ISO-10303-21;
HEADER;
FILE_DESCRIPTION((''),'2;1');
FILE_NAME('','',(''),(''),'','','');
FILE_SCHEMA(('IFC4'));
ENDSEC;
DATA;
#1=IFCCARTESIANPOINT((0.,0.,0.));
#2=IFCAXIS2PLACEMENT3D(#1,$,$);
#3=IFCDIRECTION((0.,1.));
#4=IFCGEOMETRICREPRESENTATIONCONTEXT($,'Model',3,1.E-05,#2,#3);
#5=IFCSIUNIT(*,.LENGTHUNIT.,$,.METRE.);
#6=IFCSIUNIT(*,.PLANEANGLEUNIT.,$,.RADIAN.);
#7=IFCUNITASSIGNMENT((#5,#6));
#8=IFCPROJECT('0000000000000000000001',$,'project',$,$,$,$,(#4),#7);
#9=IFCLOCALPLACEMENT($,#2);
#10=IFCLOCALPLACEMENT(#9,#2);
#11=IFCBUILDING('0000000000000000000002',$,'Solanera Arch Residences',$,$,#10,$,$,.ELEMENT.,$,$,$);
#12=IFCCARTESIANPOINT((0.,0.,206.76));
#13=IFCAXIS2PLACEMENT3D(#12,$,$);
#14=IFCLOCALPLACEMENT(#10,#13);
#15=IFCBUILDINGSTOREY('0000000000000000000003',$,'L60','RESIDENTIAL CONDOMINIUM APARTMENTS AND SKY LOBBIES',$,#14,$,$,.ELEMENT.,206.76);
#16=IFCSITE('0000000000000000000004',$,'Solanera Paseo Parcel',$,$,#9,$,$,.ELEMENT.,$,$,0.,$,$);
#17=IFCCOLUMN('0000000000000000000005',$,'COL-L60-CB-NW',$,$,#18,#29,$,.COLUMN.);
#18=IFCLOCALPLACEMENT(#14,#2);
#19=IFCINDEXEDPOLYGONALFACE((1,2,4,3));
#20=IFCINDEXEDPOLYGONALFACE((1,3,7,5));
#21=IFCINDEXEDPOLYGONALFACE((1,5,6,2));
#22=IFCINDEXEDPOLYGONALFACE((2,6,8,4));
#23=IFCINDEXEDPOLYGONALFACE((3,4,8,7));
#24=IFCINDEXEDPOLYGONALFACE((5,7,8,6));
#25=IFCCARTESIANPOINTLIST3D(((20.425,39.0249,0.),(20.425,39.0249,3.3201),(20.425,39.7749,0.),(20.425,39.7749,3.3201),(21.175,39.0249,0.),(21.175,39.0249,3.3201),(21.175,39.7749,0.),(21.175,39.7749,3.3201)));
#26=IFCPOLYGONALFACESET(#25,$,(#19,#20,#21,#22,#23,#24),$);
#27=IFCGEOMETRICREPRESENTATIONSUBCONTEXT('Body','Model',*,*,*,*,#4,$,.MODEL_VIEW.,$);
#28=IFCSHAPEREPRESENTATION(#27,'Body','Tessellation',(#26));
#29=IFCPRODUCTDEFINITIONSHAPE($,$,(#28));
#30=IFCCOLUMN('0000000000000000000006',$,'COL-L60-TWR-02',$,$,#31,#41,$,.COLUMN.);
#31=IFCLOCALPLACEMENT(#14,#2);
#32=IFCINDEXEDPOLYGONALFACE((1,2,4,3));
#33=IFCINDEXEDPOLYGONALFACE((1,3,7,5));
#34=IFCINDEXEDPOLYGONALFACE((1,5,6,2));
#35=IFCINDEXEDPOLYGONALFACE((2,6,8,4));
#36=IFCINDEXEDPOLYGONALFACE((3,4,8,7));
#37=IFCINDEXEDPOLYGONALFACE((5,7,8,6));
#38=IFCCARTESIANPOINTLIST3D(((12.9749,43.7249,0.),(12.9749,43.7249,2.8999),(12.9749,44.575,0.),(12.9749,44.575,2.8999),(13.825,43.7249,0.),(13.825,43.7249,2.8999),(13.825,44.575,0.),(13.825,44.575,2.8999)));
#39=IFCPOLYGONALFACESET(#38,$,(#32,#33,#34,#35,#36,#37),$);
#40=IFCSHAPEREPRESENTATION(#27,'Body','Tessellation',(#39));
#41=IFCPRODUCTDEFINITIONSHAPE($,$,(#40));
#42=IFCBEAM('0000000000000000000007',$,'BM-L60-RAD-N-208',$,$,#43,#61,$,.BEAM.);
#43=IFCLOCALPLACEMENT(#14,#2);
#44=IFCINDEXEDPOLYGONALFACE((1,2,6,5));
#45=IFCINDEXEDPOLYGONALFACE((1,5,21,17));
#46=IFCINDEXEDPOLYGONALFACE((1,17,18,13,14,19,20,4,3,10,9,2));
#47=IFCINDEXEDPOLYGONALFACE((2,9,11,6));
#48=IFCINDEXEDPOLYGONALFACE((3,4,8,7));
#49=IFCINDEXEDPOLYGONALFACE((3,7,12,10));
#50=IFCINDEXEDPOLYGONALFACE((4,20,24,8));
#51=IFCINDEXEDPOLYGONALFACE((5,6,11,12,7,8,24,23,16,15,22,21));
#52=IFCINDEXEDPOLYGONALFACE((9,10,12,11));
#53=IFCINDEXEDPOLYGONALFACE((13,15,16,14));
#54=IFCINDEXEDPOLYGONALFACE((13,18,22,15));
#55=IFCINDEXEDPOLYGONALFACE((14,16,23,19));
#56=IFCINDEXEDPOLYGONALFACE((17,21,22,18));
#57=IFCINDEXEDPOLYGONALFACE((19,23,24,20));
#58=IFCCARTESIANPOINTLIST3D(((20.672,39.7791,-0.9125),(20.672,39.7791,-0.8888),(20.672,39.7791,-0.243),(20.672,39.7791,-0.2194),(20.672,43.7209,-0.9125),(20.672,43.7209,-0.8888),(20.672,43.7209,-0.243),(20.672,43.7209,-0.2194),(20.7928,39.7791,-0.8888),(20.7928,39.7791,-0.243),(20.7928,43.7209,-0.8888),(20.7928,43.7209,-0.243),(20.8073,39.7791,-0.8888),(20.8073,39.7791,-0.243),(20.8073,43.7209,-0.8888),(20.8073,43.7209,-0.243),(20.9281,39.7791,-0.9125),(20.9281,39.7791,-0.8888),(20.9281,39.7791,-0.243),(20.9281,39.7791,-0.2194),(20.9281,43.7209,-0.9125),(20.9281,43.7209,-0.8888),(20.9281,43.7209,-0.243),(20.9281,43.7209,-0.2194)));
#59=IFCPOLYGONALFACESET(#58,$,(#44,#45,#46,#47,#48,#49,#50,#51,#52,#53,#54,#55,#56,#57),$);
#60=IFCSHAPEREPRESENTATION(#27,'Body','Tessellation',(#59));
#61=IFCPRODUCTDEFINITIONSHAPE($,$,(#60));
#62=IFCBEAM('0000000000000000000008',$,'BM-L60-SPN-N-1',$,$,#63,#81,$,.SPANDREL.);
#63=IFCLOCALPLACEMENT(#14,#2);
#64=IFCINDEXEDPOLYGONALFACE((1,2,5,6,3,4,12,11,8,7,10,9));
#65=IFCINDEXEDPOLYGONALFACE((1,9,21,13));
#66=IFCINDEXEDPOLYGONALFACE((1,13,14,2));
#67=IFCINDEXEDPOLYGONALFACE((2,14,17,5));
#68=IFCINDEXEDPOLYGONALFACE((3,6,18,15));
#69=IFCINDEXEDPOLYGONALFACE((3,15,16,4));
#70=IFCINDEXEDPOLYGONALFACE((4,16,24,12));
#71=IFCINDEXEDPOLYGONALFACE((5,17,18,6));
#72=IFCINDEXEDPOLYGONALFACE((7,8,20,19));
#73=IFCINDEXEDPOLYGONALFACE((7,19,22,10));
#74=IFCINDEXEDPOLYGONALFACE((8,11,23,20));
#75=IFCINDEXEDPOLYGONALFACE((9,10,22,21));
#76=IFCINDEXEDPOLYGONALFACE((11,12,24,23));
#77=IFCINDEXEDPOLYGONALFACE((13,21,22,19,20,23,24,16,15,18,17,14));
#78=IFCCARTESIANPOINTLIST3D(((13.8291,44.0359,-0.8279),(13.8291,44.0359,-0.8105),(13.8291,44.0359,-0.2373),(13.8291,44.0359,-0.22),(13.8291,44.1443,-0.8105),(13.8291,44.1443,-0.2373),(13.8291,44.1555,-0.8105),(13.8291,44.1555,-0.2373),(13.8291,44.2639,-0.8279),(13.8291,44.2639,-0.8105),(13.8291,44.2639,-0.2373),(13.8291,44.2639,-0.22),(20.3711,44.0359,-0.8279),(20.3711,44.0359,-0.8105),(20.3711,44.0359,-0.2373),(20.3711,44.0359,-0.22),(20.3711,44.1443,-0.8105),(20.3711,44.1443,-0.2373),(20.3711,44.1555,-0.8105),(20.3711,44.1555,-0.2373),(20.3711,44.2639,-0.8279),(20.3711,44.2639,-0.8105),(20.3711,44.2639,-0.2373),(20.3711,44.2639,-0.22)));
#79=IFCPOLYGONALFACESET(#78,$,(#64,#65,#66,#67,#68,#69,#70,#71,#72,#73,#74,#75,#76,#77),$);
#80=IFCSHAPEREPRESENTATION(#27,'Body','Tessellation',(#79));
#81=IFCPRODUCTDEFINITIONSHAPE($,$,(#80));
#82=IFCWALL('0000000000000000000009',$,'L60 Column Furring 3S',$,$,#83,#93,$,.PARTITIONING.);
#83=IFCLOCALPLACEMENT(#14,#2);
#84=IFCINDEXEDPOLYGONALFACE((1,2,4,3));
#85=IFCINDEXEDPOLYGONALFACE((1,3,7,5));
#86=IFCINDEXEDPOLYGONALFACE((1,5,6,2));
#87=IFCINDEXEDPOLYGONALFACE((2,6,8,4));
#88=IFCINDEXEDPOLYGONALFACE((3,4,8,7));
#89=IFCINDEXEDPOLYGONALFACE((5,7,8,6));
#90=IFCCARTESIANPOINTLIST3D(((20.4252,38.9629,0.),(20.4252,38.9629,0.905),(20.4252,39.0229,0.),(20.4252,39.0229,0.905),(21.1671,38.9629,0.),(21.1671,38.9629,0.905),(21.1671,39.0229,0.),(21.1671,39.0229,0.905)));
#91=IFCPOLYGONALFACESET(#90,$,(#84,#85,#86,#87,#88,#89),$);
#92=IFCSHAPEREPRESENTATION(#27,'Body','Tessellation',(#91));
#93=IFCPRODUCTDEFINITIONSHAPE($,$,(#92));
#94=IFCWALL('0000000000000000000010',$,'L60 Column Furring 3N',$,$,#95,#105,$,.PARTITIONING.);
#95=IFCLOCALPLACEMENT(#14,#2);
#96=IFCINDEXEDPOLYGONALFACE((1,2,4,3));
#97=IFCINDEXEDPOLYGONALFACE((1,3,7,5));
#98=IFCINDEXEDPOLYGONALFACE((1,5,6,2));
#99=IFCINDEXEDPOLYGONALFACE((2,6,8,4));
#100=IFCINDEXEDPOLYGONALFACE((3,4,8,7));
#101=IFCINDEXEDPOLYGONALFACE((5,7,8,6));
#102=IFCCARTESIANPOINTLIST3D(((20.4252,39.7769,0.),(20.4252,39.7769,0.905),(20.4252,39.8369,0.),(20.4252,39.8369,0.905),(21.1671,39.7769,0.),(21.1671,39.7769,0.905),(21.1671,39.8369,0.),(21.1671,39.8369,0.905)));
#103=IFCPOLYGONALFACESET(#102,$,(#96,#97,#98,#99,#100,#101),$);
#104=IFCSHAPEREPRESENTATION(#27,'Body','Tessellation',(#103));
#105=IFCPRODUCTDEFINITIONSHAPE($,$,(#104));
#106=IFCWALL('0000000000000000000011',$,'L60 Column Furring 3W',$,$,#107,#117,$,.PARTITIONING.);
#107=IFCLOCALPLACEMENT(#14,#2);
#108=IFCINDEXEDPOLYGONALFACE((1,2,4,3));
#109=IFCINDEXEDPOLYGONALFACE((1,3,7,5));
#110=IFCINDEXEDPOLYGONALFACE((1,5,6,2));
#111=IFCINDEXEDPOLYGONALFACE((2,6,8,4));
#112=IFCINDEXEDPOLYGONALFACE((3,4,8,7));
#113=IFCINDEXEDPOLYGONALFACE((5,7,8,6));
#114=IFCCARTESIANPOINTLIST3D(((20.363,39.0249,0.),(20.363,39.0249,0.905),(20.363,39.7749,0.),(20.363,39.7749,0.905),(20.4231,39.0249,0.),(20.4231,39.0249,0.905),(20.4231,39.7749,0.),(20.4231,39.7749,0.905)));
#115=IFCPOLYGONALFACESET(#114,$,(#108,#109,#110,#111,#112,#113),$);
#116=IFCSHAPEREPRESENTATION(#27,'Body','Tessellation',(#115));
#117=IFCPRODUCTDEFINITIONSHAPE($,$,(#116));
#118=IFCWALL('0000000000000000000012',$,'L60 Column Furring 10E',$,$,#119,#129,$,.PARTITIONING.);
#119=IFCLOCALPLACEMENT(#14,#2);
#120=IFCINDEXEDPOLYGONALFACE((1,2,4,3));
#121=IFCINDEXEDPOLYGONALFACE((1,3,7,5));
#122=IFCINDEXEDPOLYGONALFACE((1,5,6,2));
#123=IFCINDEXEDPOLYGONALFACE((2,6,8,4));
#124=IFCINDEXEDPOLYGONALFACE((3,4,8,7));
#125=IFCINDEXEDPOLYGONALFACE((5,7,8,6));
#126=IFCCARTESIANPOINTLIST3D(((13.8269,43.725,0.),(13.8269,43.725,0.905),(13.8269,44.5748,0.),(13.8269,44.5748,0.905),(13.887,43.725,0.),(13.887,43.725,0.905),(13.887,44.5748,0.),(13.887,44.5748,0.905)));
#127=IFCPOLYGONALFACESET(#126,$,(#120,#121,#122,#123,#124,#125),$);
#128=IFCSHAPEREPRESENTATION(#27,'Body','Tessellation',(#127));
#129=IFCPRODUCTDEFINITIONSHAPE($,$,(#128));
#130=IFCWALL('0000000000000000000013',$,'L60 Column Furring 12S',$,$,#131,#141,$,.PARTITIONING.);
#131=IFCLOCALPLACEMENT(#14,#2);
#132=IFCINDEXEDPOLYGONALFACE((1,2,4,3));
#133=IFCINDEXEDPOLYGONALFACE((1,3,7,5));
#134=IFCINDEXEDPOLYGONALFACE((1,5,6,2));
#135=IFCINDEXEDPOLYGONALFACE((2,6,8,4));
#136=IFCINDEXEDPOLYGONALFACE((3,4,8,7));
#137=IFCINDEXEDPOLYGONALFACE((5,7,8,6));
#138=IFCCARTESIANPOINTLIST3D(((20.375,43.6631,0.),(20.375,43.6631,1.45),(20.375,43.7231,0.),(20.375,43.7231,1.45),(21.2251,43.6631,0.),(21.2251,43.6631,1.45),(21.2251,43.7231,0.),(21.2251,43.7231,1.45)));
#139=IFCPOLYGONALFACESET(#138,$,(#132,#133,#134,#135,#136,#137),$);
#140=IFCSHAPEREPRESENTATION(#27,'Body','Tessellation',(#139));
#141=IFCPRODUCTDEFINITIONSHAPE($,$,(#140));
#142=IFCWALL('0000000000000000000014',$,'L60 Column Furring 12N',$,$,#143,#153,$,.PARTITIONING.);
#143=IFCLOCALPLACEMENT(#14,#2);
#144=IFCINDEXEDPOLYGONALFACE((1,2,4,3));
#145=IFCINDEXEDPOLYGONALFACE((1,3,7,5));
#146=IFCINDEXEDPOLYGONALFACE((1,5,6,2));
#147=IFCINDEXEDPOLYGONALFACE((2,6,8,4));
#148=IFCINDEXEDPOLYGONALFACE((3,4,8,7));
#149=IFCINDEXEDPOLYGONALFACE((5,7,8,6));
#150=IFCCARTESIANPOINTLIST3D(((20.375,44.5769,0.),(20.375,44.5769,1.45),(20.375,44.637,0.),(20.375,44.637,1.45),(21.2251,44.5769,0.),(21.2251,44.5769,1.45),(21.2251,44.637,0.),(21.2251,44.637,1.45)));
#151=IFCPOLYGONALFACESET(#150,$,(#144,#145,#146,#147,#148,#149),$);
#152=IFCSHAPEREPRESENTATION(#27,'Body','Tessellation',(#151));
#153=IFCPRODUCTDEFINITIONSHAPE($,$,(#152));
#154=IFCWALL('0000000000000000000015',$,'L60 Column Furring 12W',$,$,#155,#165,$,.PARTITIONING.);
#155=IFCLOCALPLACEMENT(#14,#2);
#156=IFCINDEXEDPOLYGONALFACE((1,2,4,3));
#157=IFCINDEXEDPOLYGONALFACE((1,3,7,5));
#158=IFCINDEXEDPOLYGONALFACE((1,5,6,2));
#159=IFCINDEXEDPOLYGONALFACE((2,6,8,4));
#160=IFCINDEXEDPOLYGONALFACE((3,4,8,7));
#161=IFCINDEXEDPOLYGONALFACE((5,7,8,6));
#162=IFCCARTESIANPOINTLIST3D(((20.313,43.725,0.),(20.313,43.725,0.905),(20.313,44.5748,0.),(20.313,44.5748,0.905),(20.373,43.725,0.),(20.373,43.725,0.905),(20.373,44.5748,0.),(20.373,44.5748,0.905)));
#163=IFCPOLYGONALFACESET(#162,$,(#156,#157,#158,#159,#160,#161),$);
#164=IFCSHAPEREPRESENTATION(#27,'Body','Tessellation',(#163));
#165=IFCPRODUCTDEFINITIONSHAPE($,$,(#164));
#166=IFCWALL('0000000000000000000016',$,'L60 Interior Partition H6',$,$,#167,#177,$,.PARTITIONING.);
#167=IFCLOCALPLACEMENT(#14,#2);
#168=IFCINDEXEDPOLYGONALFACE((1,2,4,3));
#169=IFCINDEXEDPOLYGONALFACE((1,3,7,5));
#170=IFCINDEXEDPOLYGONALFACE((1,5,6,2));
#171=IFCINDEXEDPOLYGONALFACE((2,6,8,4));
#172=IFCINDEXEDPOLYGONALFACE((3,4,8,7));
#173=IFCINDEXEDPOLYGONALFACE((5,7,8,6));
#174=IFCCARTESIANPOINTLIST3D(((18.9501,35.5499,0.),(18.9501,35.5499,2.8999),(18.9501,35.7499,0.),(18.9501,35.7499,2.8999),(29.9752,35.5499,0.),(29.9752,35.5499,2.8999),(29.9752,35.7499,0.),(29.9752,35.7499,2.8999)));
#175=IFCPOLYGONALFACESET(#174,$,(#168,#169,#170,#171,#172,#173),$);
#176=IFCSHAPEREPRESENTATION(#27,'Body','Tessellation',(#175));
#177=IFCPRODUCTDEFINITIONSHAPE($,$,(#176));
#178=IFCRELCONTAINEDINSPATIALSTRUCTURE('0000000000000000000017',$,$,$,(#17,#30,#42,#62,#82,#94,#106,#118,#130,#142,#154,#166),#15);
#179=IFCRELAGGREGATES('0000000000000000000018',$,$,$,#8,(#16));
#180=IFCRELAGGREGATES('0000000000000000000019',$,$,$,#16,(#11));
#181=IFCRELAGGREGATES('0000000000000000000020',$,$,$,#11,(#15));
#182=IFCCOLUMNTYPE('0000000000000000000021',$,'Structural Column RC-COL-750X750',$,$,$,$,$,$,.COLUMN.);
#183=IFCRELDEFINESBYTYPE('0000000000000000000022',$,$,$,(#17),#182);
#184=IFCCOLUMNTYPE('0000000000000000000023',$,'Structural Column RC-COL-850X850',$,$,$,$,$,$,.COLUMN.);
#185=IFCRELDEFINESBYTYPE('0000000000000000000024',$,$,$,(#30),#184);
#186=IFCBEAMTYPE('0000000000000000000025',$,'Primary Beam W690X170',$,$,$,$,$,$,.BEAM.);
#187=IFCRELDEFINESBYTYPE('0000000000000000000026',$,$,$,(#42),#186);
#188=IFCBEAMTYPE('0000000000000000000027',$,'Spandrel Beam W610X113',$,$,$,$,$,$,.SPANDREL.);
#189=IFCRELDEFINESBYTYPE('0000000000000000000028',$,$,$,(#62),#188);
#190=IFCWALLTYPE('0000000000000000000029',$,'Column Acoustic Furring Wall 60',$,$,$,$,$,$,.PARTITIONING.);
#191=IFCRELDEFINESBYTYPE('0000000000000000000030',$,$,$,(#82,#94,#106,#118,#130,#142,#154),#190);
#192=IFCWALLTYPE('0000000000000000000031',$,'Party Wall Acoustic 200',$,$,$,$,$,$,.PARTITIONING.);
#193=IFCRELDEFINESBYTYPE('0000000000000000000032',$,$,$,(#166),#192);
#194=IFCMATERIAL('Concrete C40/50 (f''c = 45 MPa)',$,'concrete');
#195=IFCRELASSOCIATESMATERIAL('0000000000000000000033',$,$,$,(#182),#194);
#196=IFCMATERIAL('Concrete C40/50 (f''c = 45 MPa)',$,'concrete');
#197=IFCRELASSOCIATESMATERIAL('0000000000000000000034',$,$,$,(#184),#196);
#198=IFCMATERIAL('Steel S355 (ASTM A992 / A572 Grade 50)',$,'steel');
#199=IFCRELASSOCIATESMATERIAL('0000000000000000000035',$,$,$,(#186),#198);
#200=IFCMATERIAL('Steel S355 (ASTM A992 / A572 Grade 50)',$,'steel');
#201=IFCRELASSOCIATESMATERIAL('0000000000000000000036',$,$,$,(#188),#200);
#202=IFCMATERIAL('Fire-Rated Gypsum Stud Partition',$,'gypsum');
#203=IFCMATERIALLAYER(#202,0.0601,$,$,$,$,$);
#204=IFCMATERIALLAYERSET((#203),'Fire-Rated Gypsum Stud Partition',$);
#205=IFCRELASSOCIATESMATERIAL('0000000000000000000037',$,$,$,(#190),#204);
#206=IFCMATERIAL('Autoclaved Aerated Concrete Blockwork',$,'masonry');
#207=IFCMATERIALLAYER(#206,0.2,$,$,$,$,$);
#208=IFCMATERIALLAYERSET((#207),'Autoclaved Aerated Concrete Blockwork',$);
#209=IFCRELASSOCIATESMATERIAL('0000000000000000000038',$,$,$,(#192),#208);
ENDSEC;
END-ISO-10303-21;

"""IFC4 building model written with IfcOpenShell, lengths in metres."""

from ifc_helpers import new_model, si_unit, direction, frame, frame_2d, origin, origin_2d, place, context, subcontext, project, spatial, rectangle, i_section, extrude, material, layer, layer_set, material_profile, profile_set, type_object, element, save


model = new_model("IFC4")

# Units and contexts
model_context = context("Model", 3, precision=1e-05, world=origin(), true_north=direction((0.0, 1.0)))
body_context = subcontext(model_context, "Body", "Model", "MODEL_VIEW")
ifc_project = project(units=[si_unit("LENGTHUNIT", "METRE"), si_unit("PLANEANGLEUNIT", "RADIAN")], contexts=[model_context])

# Site, building, storey
site_placement = place(None, origin())
site = spatial("IfcSite", under=ifc_project, at=site_placement, Name="Solanera Paseo Parcel", CompositionType="ELEMENT", RefElevation=0.0)
building_placement = place(site_placement, origin())
building = spatial("IfcBuilding", under=site, at=building_placement, Name="Solanera Arch Residences", CompositionType="ELEMENT")
storey_placement = place(building_placement, frame((0.0, 0.0, 206.76)))
storey = spatial("IfcBuildingStorey", under=building, at=storey_placement, Name="L60", Description="RESIDENTIAL CONDOMINIUM APARTMENTS AND SKY LOBBIES", CompositionType="ELEMENT", Elevation=206.76)

# Columns
ifc_material_1 = material(Name="Concrete C40/50 (f'c = 45 MPa)", Category="concrete")
ifc_material_profile_1 = material_profile(ifc_material_1, rectangle(XDim=0.75, YDim=0.75, at=origin_2d()))
ifc_profile_set_1 = profile_set([ifc_material_profile_1], Name="Concrete C40/50 (f'c = 45 MPa)")
column_type_1 = type_object("IfcColumnType", Name="Structural Column RC-COL-750X750", PredefinedType="COLUMN", material=ifc_profile_set_1)
column_1_placement = place(storey_placement, frame((20.8, 39.3999, 0.0), z_axis=(0.0, 0.0, 1.0), x_axis=(1.0, 0.0, 0.0)))
element("IfcColumn", 1, at=column_1_placement, inside=storey, type_object=column_type_1, Name="COL-L60-CB-NW", PredefinedType="COLUMN", context=body_context, shape_type="SweptSolid", body=[
    extrude(rectangle(XDim=0.75, YDim=0.75, at=origin_2d()), origin(), (0.0, 0.0, 1.0), 3.3201),
])
ifc_material_2 = material(Name="Concrete C40/50 (f'c = 45 MPa)", Category="concrete")
ifc_material_profile_2 = material_profile(ifc_material_2, rectangle(XDim=0.8501, YDim=0.8501, at=origin_2d()))
ifc_profile_set_2 = profile_set([ifc_material_profile_2], Name="Concrete C40/50 (f'c = 45 MPa)")
column_type_2 = type_object("IfcColumnType", Name="Structural Column RC-COL-850X850", PredefinedType="COLUMN", material=ifc_profile_set_2)
column_2_placement = place(storey_placement, frame((13.3999, 44.1499, 0.0), z_axis=(0.0, 0.0, 1.0), x_axis=(1.0, 0.0, 0.0)))
element("IfcColumn", 2, at=column_2_placement, inside=storey, type_object=column_type_2, Name="COL-L60-TWR-02", PredefinedType="COLUMN", context=body_context, shape_type="SweptSolid", body=[
    extrude(rectangle(XDim=0.8501, YDim=0.8501, at=origin_2d()), origin(), (0.0, 0.0, 1.0), 2.8999),
])

# Beams
ifc_material_3 = material(Name="Steel S355 (ASTM A992 / A572 Grade 50)", Category="steel")
ifc_material_profile_3 = material_profile(ifc_material_3, i_section(OverallWidth=0.2561, OverallDepth=0.6931, WebThickness=0.0144, FlangeThickness=0.0237, at=origin_2d()))
ifc_profile_set_3 = profile_set([ifc_material_profile_3], Name="Steel S355 (ASTM A992 / A572 Grade 50)")
beam_type_1 = type_object("IfcBeamType", Name="Primary Beam W690X170", PredefinedType="BEAM", material=ifc_profile_set_3)
beam_1_placement = place(storey_placement, frame((20.8, 39.7791, -0.5659), z_axis=(0.0, 1.0, 0.0), x_axis=(-1.0, 0.0, 0.0)))
element("IfcBeam", 3, at=beam_1_placement, inside=storey, type_object=beam_type_1, Name="BM-L60-RAD-N-208", PredefinedType="BEAM", context=body_context, shape_type="SweptSolid", body=[
    extrude(i_section(OverallWidth=0.2561, OverallDepth=0.6931, WebThickness=0.0144, FlangeThickness=0.0237, at=origin_2d()), origin(), (0.0, 0.0, 1.0), 3.9419),
])
ifc_material_4 = material(Name="Steel S355 (ASTM A992 / A572 Grade 50)", Category="steel")
ifc_material_profile_4 = material_profile(ifc_material_4, i_section(OverallWidth=0.228, OverallDepth=0.6079, WebThickness=0.0112, FlangeThickness=0.0173, at=origin_2d()))
ifc_profile_set_4 = profile_set([ifc_material_profile_4], Name="Steel S355 (ASTM A992 / A572 Grade 50)")
beam_type_2 = type_object("IfcBeamType", Name="Spandrel Beam W610X113", PredefinedType="SPANDREL", material=ifc_profile_set_4)
beam_2_placement = place(storey_placement, frame((13.8291, 44.1499, -0.5239), z_axis=(1.0, 0.0, 0.0), x_axis=(0.0, 1.0, 0.0)))
element("IfcBeam", 4, at=beam_2_placement, inside=storey, type_object=beam_type_2, Name="BM-L60-SPN-N-1", PredefinedType="SPANDREL", context=body_context, shape_type="SweptSolid", body=[
    extrude(i_section(OverallWidth=0.228, OverallDepth=0.6079, WebThickness=0.0112, FlangeThickness=0.0173, at=origin_2d()), origin(), (0.0, 0.0, 1.0), 6.542),
])

# Walls
ifc_material_5 = material(Name="Fire-Rated Gypsum Stud Partition", Category="gypsum")
ifc_layer_1 = layer(ifc_material_5, 0.0601)
ifc_layer_set_1 = layer_set([ifc_layer_1], Name="Fire-Rated Gypsum Stud Partition")
wall_type_1 = type_object("IfcWallType", Name="Column Acoustic Furring Wall 60", PredefinedType="PARTITIONING", material=ifc_layer_set_1)
for number, where, z_axis, x_axis, name in (
    (5, (20.425, 38.9929, 0.0), (0.0, 0.0, 1.0), (1.0, 0.0, 0.0), "L60 Column Furring 3S"),
    (6, (20.425, 39.8069, 0.0), (0.0, 0.0, 1.0), (1.0, 0.0, 0.0), "L60 Column Furring 3N"),
):
    element("IfcWall", number, at=place(storey_placement, frame(where, z_axis=z_axis, x_axis=x_axis)), inside=storey, type_object=wall_type_1, Name=name, PredefinedType="PARTITIONING", context=body_context, shape_type="SweptSolid", body=[
        extrude(rectangle(XDim=0.7419, YDim=0.0601, at=frame_2d((0.3711, 0.0))), origin(), (0.0, 0.0, 1.0), 0.905),
    ])
wall_1_placement = place(storey_placement, frame((20.3931, 39.0249, 0.0), z_axis=(0.0, 0.0, 1.0), x_axis=(0.0, 1.0, 0.0)))
element("IfcWall", 7, at=wall_1_placement, inside=storey, type_object=wall_type_1, Name="L60 Column Furring 3W", PredefinedType="PARTITIONING", context=body_context, shape_type="SweptSolid", body=[
    extrude(rectangle(XDim=0.75, YDim=0.0601, at=frame_2d((0.375, 0.0))), origin(), (0.0, 0.0, 1.0), 0.905),
])
wall_2_placement = place(storey_placement, frame((13.8569, 43.7251, 0.0), z_axis=(0.0, 0.0, 1.0), x_axis=(0.0, 1.0, 0.0)))
element("IfcWall", 8, at=wall_2_placement, inside=storey, type_object=wall_type_1, Name="L60 Column Furring 10E", PredefinedType="PARTITIONING", context=body_context, shape_type="SweptSolid", body=[
    extrude(rectangle(XDim=0.8499, YDim=0.0601, at=frame_2d((0.4248, 0.0))), origin(), (0.0, 0.0, 1.0), 0.905),
])
for number, where, z_axis, x_axis, name in (
    (9, (20.375, 43.6931, 0.0), (0.0, 0.0, 1.0), (1.0, 0.0, 0.0), "L60 Column Furring 12S"),
    (10, (20.375, 44.6069, 0.0), (0.0, 0.0, 1.0), (1.0, 0.0, 0.0), "L60 Column Furring 12N"),
):
    element("IfcWall", number, at=place(storey_placement, frame(where, z_axis=z_axis, x_axis=x_axis)), inside=storey, type_object=wall_type_1, Name=name, PredefinedType="PARTITIONING", context=body_context, shape_type="SweptSolid", body=[
        extrude(rectangle(XDim=0.8501, YDim=0.0601, at=frame_2d((0.425, 0.0))), origin(), (0.0, 0.0, 1.0), 1.45),
    ])
wall_3_placement = place(storey_placement, frame((20.343, 43.7251, 0.0), z_axis=(0.0, 0.0, 1.0), x_axis=(0.0, 1.0, 0.0)))
element("IfcWall", 11, at=wall_3_placement, inside=storey, type_object=wall_type_1, Name="L60 Column Furring 12W", PredefinedType="PARTITIONING", context=body_context, shape_type="SweptSolid", body=[
    extrude(rectangle(XDim=0.8499, YDim=0.0601, at=frame_2d((0.4248, 0.0))), origin(), (0.0, 0.0, 1.0), 0.905),
])
ifc_material_6 = material(Name="Autoclaved Aerated Concrete Blockwork", Category="masonry")
ifc_layer_2 = layer(ifc_material_6, 0.2)
ifc_layer_set_2 = layer_set([ifc_layer_2], Name="Autoclaved Aerated Concrete Blockwork")
wall_type_2 = type_object("IfcWallType", Name="Party Wall Acoustic 200", PredefinedType="PARTITIONING", material=ifc_layer_set_2)
wall_4_placement = place(storey_placement, frame((18.95, 35.6499, 0.0), z_axis=(0.0, 0.0, 1.0), x_axis=(1.0, 0.0, 0.0)))
element("IfcWall", 12, at=wall_4_placement, inside=storey, type_object=wall_type_2, Name="L60 Interior Partition H6", PredefinedType="PARTITIONING", context=body_context, shape_type="SweptSolid", body=[
    extrude(rectangle(XDim=11.0251, YDim=0.2, at=frame_2d((5.5127, 0.0))), origin(), (0.0, 0.0, 1.0), 2.8999),
])

save(model, "model.ifc")
